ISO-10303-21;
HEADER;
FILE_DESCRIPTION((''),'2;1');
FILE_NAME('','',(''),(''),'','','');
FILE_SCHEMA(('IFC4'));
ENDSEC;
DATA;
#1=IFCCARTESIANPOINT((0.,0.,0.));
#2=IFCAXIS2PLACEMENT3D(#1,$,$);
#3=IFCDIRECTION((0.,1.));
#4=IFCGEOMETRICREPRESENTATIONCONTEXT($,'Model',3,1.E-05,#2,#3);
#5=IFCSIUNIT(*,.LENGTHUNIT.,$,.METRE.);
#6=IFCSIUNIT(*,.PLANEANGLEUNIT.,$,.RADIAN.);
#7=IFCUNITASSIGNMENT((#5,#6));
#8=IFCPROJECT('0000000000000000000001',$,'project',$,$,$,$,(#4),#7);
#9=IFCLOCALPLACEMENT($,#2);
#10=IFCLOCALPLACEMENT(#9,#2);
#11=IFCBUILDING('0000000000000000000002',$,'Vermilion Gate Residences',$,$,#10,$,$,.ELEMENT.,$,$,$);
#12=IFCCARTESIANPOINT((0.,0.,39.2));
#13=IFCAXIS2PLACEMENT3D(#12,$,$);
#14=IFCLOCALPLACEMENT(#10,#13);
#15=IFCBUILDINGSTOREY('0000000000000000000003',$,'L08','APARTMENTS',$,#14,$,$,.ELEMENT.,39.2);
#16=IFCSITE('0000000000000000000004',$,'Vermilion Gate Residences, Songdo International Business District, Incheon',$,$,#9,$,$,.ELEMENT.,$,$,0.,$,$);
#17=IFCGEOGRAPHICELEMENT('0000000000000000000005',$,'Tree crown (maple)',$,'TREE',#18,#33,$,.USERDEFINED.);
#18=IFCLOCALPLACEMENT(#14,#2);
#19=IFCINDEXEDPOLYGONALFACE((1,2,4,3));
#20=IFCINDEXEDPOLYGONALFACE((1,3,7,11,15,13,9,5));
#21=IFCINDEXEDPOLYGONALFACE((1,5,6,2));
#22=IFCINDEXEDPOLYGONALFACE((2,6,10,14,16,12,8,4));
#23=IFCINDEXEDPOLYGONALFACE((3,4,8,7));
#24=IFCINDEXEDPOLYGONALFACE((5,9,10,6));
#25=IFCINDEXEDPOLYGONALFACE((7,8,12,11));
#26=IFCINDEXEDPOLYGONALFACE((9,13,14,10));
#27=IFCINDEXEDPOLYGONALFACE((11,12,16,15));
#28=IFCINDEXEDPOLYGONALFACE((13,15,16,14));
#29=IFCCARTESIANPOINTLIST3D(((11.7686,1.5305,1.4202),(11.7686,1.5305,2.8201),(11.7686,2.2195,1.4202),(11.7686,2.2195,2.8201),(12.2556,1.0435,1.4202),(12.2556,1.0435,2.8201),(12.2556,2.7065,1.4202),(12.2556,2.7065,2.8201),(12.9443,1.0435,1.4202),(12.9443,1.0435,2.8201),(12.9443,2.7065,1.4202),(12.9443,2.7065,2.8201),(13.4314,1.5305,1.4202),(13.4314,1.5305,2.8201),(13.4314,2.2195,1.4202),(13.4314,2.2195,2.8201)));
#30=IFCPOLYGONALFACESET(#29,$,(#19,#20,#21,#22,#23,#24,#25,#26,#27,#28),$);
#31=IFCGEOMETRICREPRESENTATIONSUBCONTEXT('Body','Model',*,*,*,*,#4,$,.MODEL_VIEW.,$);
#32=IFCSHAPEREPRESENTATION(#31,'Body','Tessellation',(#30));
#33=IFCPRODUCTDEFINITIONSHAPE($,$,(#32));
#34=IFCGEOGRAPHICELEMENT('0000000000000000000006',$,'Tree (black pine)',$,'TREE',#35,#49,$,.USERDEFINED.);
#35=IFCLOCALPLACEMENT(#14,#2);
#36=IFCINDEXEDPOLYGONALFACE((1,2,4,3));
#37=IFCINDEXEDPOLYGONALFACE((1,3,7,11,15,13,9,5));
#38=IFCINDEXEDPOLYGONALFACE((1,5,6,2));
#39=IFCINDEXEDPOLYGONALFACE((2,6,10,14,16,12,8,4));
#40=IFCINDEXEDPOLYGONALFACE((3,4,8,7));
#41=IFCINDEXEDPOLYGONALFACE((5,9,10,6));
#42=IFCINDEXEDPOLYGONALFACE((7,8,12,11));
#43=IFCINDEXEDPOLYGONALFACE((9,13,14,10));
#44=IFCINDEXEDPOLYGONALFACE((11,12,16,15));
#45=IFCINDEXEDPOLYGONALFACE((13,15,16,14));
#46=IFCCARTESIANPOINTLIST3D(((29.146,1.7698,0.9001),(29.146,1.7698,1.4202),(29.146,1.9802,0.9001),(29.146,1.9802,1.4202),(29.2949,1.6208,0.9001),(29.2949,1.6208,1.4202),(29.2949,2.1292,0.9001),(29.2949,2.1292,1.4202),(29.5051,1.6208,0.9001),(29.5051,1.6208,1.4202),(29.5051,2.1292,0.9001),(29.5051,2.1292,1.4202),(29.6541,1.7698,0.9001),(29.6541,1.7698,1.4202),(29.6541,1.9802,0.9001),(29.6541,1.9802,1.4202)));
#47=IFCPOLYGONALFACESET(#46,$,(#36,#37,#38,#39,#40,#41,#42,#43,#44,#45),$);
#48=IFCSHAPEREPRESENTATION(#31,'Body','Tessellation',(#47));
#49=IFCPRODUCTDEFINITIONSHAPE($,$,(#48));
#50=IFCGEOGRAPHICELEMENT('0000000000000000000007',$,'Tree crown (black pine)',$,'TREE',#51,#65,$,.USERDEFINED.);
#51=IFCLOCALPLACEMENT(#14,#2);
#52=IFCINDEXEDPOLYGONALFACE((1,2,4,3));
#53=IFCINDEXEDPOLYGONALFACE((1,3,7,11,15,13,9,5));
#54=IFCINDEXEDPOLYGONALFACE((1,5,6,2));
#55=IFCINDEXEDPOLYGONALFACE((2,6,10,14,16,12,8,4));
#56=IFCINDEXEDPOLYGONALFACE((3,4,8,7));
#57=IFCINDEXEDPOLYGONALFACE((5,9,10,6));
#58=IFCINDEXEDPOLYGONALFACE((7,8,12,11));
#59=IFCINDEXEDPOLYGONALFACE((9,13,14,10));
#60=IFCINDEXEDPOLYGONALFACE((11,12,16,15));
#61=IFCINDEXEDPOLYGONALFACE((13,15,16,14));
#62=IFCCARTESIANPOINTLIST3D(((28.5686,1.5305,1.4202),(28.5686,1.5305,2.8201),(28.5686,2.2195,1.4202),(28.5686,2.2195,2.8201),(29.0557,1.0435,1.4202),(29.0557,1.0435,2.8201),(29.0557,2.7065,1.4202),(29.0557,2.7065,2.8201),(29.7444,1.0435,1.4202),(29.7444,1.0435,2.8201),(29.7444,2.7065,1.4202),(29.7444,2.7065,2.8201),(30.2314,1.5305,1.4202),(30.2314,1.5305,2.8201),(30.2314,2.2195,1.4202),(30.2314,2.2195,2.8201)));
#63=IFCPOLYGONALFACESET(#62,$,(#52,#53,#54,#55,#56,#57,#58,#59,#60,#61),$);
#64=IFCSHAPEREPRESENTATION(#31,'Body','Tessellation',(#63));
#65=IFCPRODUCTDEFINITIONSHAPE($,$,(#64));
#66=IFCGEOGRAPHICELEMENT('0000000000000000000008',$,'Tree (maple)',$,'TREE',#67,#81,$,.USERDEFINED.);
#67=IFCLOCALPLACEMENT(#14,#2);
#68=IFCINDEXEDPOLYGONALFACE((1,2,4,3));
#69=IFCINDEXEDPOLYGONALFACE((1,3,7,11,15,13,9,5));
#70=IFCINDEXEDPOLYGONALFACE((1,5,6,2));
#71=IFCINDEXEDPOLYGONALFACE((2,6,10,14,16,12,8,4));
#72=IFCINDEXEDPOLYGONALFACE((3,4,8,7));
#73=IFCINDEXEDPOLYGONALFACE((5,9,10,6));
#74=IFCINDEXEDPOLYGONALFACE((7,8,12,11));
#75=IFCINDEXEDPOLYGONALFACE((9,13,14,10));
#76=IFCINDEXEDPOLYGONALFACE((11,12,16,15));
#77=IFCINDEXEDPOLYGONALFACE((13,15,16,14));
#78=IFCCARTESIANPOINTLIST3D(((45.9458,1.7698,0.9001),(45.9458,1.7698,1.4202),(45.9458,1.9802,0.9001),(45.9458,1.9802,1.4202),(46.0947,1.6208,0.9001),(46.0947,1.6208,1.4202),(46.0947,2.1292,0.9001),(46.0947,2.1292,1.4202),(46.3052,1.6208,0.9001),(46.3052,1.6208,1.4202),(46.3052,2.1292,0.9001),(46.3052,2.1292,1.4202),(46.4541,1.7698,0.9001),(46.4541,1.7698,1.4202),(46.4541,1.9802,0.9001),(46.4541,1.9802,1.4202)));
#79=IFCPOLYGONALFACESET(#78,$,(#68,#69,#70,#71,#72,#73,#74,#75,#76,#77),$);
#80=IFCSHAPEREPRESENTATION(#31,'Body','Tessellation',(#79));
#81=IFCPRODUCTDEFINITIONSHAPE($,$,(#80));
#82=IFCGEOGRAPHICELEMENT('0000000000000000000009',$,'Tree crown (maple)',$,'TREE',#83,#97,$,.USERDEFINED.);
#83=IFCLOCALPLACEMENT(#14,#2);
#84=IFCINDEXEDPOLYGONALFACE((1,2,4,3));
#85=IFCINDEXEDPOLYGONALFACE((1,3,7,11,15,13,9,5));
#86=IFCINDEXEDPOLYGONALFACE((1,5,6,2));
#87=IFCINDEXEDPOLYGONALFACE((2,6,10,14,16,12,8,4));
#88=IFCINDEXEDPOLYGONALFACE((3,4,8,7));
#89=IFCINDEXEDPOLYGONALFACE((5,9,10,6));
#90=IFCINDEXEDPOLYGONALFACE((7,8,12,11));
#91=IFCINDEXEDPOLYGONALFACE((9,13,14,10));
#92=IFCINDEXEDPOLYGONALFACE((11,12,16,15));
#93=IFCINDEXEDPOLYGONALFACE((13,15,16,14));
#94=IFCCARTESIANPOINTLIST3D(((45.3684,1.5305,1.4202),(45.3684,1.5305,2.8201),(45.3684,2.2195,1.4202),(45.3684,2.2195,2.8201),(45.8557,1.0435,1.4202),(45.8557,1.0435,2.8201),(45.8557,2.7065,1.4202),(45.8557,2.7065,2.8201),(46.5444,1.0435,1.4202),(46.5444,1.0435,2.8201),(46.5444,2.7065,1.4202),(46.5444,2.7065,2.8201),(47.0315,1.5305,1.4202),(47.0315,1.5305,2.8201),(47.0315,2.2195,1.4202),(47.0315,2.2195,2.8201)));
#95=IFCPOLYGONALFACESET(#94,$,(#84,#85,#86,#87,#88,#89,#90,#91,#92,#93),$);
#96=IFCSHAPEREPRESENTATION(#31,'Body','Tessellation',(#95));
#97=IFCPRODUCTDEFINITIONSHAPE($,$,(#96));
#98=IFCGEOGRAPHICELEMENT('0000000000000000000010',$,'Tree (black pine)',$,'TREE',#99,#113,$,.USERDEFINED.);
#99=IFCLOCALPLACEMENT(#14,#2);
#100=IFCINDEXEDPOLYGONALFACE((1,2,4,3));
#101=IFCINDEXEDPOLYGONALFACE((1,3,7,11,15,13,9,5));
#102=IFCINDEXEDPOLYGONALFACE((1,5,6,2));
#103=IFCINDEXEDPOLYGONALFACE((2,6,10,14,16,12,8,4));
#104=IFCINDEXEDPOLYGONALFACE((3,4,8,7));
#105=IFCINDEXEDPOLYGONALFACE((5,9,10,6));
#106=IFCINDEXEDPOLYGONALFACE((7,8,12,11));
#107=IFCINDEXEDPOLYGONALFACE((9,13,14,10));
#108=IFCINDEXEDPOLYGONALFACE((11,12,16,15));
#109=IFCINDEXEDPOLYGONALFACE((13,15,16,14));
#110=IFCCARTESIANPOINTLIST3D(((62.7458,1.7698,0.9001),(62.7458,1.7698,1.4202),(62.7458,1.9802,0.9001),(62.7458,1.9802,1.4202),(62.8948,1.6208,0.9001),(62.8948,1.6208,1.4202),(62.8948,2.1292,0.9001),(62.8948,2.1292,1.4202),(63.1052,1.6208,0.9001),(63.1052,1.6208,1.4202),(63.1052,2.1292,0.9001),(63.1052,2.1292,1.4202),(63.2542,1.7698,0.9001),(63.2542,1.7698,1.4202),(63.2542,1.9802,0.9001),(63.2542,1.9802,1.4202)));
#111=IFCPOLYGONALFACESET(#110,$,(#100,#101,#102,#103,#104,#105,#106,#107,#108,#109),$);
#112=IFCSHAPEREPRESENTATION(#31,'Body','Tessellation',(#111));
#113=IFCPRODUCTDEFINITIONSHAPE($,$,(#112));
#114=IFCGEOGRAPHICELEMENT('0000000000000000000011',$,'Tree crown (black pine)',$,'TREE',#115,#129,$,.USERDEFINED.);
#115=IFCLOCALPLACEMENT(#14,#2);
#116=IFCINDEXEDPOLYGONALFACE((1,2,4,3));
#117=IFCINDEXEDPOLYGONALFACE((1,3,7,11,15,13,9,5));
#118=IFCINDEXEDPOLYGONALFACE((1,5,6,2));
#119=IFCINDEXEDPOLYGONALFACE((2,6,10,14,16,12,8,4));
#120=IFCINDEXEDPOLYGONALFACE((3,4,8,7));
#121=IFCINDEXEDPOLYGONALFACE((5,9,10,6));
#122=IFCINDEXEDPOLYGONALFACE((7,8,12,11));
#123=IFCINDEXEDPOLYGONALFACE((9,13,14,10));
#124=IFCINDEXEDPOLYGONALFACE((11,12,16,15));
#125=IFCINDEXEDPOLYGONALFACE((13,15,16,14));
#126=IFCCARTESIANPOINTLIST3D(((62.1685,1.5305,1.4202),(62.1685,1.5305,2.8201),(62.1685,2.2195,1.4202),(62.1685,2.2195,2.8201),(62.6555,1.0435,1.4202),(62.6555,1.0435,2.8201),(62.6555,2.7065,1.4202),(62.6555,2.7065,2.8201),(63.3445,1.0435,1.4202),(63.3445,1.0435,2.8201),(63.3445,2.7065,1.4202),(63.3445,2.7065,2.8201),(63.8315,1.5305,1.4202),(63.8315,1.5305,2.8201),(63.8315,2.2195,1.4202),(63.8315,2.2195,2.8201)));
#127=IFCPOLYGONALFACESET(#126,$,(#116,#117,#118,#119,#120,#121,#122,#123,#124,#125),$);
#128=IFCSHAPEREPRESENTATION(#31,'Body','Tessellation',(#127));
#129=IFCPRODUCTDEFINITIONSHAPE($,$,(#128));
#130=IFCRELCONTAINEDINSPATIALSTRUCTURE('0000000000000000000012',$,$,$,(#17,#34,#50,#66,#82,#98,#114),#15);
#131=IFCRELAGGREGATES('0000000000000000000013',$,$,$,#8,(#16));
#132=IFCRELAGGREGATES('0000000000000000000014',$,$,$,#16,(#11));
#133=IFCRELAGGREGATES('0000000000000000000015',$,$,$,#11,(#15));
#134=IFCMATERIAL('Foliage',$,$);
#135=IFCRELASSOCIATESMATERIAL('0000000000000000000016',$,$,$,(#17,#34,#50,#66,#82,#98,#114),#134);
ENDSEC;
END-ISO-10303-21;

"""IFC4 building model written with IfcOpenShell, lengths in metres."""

from ifc_helpers import new_model, si_unit, direction, frame, origin, place, context, subcontext, project, spatial, polyline, outline, extrude, material, element, save


model = new_model("IFC4")

# Units and contexts
model_context = context("Model", 3, precision=1e-05, world=origin(), true_north=direction((0.0, 1.0)))
body_context = subcontext(model_context, "Body", "Model", "MODEL_VIEW")
ifc_project = project(units=[si_unit("LENGTHUNIT", "METRE"), si_unit("PLANEANGLEUNIT", "RADIAN")], contexts=[model_context])

# Site, building, storey
site_placement = place(None, origin())
site = spatial("IfcSite", under=ifc_project, at=site_placement, Name="Vermilion Gate Residences, Songdo International Business District, Incheon", CompositionType="ELEMENT", RefElevation=0.0)
building_placement = place(site_placement, origin())
building = spatial("IfcBuilding", under=site, at=building_placement, Name="Vermilion Gate Residences", CompositionType="ELEMENT")
storey_placement = place(building_placement, frame((0.0, 0.0, 39.2)))
storey = spatial("IfcBuildingStorey", under=building, at=storey_placement, Name="L08", Description="APARTMENTS", CompositionType="ELEMENT", Elevation=39.2)

# Geographic elements
ifc_material_1 = material(Name="Foliage")
geographic_element_1_placement = place(storey_placement, frame((0.0, 0.0, 1.4202)))
element("IfcGeographicElement", 1, at=geographic_element_1_placement, inside=storey, material=ifc_material_1, Name="Tree crown (maple)", ObjectType="TREE", PredefinedType="USERDEFINED", context=body_context, shape_type="SweptSolid", body=[
    extrude(outline(polyline([(13.4314, 2.2195), (12.9443, 2.7065), (12.2556, 2.7065), (11.7686, 2.2195), (11.7686, 1.5305), (12.2556, 1.0435), (12.9443, 1.0435), (13.4314, 1.5305), (13.4314, 2.2195)])), origin(), (0.0, 0.0, 1.0), 1.3999),
])
geographic_element_2_placement = place(storey_placement, frame((0.0, 0.0, 0.9001)))
element("IfcGeographicElement", 2, at=geographic_element_2_placement, inside=storey, material=ifc_material_1, Name="Tree (black pine)", ObjectType="TREE", PredefinedType="USERDEFINED", context=body_context, shape_type="SweptSolid", body=[
    extrude(outline(polyline([(29.6541, 1.9802), (29.5051, 2.1292), (29.2949, 2.1292), (29.146, 1.9802), (29.146, 1.7698), (29.2949, 1.6208), (29.5051, 1.6208), (29.6541, 1.7698), (29.6541, 1.9802)])), origin(), (0.0, 0.0, 1.0), 0.52),
])
geographic_element_3_placement = place(storey_placement, frame((0.0, 0.0, 1.4202)))
element("IfcGeographicElement", 3, at=geographic_element_3_placement, inside=storey, material=ifc_material_1, Name="Tree crown (black pine)", ObjectType="TREE", PredefinedType="USERDEFINED", context=body_context, shape_type="SweptSolid", body=[
    extrude(outline(polyline([(30.2314, 2.2195), (29.7444, 2.7065), (29.0557, 2.7065), (28.5686, 2.2195), (28.5686, 1.5305), (29.0557, 1.0435), (29.7444, 1.0435), (30.2314, 1.5305), (30.2314, 2.2195)])), origin(), (0.0, 0.0, 1.0), 1.3999),
])
geographic_element_4_placement = place(storey_placement, frame((0.0, 0.0, 0.9001)))
element("IfcGeographicElement", 4, at=geographic_element_4_placement, inside=storey, material=ifc_material_1, Name="Tree (maple)", ObjectType="TREE", PredefinedType="USERDEFINED", context=body_context, shape_type="SweptSolid", body=[
    extrude(outline(polyline([(46.4541, 1.9802), (46.3052, 2.1292), (46.0947, 2.1292), (45.9458, 1.9802), (45.9458, 1.7698), (46.0947, 1.6208), (46.3052, 1.6208), (46.4541, 1.7698), (46.4541, 1.9802)])), origin(), (0.0, 0.0, 1.0), 0.52),
])
geographic_element_5_placement = place(storey_placement, frame((0.0, 0.0, 1.4202)))
element("IfcGeographicElement", 5, at=geographic_element_5_placement, inside=storey, material=ifc_material_1, Name="Tree crown (maple)", ObjectType="TREE", PredefinedType="USERDEFINED", context=body_context, shape_type="SweptSolid", body=[
    extrude(outline(polyline([(47.0315, 2.2195), (46.5444, 2.7065), (45.8557, 2.7065), (45.3684, 2.2195), (45.3684, 1.5305), (45.8557, 1.0435), (46.5444, 1.0435), (47.0315, 1.5305), (47.0315, 2.2195)])), origin(), (0.0, 0.0, 1.0), 1.3999),
])
geographic_element_6_placement = place(storey_placement, frame((0.0, 0.0, 0.9001)))
element("IfcGeographicElement", 6, at=geographic_element_6_placement, inside=storey, material=ifc_material_1, Name="Tree (black pine)", ObjectType="TREE", PredefinedType="USERDEFINED", context=body_context, shape_type="SweptSolid", body=[
    extrude(outline(polyline([(63.2542, 1.9802), (63.1052, 2.1292), (62.8948, 2.1292), (62.7458, 1.9802), (62.7458, 1.7698), (62.8948, 1.6208), (63.1052, 1.6208), (63.2542, 1.7698), (63.2542, 1.9802)])), origin(), (0.0, 0.0, 1.0), 0.52),
])
geographic_element_7_placement = place(storey_placement, frame((0.0, 0.0, 1.4202)))
element("IfcGeographicElement", 7, at=geographic_element_7_placement, inside=storey, material=ifc_material_1, Name="Tree crown (black pine)", ObjectType="TREE", PredefinedType="USERDEFINED", context=body_context, shape_type="SweptSolid", body=[
    extrude(outline(polyline([(63.8315, 2.2195), (63.3445, 2.7065), (62.6555, 2.7065), (62.1685, 2.2195), (62.1685, 1.5305), (62.6555, 1.0435), (63.3445, 1.0435), (63.8315, 1.5305), (63.8315, 2.2195)])), origin(), (0.0, 0.0, 1.0), 1.3999),
])

save(model, "model.ifc")
